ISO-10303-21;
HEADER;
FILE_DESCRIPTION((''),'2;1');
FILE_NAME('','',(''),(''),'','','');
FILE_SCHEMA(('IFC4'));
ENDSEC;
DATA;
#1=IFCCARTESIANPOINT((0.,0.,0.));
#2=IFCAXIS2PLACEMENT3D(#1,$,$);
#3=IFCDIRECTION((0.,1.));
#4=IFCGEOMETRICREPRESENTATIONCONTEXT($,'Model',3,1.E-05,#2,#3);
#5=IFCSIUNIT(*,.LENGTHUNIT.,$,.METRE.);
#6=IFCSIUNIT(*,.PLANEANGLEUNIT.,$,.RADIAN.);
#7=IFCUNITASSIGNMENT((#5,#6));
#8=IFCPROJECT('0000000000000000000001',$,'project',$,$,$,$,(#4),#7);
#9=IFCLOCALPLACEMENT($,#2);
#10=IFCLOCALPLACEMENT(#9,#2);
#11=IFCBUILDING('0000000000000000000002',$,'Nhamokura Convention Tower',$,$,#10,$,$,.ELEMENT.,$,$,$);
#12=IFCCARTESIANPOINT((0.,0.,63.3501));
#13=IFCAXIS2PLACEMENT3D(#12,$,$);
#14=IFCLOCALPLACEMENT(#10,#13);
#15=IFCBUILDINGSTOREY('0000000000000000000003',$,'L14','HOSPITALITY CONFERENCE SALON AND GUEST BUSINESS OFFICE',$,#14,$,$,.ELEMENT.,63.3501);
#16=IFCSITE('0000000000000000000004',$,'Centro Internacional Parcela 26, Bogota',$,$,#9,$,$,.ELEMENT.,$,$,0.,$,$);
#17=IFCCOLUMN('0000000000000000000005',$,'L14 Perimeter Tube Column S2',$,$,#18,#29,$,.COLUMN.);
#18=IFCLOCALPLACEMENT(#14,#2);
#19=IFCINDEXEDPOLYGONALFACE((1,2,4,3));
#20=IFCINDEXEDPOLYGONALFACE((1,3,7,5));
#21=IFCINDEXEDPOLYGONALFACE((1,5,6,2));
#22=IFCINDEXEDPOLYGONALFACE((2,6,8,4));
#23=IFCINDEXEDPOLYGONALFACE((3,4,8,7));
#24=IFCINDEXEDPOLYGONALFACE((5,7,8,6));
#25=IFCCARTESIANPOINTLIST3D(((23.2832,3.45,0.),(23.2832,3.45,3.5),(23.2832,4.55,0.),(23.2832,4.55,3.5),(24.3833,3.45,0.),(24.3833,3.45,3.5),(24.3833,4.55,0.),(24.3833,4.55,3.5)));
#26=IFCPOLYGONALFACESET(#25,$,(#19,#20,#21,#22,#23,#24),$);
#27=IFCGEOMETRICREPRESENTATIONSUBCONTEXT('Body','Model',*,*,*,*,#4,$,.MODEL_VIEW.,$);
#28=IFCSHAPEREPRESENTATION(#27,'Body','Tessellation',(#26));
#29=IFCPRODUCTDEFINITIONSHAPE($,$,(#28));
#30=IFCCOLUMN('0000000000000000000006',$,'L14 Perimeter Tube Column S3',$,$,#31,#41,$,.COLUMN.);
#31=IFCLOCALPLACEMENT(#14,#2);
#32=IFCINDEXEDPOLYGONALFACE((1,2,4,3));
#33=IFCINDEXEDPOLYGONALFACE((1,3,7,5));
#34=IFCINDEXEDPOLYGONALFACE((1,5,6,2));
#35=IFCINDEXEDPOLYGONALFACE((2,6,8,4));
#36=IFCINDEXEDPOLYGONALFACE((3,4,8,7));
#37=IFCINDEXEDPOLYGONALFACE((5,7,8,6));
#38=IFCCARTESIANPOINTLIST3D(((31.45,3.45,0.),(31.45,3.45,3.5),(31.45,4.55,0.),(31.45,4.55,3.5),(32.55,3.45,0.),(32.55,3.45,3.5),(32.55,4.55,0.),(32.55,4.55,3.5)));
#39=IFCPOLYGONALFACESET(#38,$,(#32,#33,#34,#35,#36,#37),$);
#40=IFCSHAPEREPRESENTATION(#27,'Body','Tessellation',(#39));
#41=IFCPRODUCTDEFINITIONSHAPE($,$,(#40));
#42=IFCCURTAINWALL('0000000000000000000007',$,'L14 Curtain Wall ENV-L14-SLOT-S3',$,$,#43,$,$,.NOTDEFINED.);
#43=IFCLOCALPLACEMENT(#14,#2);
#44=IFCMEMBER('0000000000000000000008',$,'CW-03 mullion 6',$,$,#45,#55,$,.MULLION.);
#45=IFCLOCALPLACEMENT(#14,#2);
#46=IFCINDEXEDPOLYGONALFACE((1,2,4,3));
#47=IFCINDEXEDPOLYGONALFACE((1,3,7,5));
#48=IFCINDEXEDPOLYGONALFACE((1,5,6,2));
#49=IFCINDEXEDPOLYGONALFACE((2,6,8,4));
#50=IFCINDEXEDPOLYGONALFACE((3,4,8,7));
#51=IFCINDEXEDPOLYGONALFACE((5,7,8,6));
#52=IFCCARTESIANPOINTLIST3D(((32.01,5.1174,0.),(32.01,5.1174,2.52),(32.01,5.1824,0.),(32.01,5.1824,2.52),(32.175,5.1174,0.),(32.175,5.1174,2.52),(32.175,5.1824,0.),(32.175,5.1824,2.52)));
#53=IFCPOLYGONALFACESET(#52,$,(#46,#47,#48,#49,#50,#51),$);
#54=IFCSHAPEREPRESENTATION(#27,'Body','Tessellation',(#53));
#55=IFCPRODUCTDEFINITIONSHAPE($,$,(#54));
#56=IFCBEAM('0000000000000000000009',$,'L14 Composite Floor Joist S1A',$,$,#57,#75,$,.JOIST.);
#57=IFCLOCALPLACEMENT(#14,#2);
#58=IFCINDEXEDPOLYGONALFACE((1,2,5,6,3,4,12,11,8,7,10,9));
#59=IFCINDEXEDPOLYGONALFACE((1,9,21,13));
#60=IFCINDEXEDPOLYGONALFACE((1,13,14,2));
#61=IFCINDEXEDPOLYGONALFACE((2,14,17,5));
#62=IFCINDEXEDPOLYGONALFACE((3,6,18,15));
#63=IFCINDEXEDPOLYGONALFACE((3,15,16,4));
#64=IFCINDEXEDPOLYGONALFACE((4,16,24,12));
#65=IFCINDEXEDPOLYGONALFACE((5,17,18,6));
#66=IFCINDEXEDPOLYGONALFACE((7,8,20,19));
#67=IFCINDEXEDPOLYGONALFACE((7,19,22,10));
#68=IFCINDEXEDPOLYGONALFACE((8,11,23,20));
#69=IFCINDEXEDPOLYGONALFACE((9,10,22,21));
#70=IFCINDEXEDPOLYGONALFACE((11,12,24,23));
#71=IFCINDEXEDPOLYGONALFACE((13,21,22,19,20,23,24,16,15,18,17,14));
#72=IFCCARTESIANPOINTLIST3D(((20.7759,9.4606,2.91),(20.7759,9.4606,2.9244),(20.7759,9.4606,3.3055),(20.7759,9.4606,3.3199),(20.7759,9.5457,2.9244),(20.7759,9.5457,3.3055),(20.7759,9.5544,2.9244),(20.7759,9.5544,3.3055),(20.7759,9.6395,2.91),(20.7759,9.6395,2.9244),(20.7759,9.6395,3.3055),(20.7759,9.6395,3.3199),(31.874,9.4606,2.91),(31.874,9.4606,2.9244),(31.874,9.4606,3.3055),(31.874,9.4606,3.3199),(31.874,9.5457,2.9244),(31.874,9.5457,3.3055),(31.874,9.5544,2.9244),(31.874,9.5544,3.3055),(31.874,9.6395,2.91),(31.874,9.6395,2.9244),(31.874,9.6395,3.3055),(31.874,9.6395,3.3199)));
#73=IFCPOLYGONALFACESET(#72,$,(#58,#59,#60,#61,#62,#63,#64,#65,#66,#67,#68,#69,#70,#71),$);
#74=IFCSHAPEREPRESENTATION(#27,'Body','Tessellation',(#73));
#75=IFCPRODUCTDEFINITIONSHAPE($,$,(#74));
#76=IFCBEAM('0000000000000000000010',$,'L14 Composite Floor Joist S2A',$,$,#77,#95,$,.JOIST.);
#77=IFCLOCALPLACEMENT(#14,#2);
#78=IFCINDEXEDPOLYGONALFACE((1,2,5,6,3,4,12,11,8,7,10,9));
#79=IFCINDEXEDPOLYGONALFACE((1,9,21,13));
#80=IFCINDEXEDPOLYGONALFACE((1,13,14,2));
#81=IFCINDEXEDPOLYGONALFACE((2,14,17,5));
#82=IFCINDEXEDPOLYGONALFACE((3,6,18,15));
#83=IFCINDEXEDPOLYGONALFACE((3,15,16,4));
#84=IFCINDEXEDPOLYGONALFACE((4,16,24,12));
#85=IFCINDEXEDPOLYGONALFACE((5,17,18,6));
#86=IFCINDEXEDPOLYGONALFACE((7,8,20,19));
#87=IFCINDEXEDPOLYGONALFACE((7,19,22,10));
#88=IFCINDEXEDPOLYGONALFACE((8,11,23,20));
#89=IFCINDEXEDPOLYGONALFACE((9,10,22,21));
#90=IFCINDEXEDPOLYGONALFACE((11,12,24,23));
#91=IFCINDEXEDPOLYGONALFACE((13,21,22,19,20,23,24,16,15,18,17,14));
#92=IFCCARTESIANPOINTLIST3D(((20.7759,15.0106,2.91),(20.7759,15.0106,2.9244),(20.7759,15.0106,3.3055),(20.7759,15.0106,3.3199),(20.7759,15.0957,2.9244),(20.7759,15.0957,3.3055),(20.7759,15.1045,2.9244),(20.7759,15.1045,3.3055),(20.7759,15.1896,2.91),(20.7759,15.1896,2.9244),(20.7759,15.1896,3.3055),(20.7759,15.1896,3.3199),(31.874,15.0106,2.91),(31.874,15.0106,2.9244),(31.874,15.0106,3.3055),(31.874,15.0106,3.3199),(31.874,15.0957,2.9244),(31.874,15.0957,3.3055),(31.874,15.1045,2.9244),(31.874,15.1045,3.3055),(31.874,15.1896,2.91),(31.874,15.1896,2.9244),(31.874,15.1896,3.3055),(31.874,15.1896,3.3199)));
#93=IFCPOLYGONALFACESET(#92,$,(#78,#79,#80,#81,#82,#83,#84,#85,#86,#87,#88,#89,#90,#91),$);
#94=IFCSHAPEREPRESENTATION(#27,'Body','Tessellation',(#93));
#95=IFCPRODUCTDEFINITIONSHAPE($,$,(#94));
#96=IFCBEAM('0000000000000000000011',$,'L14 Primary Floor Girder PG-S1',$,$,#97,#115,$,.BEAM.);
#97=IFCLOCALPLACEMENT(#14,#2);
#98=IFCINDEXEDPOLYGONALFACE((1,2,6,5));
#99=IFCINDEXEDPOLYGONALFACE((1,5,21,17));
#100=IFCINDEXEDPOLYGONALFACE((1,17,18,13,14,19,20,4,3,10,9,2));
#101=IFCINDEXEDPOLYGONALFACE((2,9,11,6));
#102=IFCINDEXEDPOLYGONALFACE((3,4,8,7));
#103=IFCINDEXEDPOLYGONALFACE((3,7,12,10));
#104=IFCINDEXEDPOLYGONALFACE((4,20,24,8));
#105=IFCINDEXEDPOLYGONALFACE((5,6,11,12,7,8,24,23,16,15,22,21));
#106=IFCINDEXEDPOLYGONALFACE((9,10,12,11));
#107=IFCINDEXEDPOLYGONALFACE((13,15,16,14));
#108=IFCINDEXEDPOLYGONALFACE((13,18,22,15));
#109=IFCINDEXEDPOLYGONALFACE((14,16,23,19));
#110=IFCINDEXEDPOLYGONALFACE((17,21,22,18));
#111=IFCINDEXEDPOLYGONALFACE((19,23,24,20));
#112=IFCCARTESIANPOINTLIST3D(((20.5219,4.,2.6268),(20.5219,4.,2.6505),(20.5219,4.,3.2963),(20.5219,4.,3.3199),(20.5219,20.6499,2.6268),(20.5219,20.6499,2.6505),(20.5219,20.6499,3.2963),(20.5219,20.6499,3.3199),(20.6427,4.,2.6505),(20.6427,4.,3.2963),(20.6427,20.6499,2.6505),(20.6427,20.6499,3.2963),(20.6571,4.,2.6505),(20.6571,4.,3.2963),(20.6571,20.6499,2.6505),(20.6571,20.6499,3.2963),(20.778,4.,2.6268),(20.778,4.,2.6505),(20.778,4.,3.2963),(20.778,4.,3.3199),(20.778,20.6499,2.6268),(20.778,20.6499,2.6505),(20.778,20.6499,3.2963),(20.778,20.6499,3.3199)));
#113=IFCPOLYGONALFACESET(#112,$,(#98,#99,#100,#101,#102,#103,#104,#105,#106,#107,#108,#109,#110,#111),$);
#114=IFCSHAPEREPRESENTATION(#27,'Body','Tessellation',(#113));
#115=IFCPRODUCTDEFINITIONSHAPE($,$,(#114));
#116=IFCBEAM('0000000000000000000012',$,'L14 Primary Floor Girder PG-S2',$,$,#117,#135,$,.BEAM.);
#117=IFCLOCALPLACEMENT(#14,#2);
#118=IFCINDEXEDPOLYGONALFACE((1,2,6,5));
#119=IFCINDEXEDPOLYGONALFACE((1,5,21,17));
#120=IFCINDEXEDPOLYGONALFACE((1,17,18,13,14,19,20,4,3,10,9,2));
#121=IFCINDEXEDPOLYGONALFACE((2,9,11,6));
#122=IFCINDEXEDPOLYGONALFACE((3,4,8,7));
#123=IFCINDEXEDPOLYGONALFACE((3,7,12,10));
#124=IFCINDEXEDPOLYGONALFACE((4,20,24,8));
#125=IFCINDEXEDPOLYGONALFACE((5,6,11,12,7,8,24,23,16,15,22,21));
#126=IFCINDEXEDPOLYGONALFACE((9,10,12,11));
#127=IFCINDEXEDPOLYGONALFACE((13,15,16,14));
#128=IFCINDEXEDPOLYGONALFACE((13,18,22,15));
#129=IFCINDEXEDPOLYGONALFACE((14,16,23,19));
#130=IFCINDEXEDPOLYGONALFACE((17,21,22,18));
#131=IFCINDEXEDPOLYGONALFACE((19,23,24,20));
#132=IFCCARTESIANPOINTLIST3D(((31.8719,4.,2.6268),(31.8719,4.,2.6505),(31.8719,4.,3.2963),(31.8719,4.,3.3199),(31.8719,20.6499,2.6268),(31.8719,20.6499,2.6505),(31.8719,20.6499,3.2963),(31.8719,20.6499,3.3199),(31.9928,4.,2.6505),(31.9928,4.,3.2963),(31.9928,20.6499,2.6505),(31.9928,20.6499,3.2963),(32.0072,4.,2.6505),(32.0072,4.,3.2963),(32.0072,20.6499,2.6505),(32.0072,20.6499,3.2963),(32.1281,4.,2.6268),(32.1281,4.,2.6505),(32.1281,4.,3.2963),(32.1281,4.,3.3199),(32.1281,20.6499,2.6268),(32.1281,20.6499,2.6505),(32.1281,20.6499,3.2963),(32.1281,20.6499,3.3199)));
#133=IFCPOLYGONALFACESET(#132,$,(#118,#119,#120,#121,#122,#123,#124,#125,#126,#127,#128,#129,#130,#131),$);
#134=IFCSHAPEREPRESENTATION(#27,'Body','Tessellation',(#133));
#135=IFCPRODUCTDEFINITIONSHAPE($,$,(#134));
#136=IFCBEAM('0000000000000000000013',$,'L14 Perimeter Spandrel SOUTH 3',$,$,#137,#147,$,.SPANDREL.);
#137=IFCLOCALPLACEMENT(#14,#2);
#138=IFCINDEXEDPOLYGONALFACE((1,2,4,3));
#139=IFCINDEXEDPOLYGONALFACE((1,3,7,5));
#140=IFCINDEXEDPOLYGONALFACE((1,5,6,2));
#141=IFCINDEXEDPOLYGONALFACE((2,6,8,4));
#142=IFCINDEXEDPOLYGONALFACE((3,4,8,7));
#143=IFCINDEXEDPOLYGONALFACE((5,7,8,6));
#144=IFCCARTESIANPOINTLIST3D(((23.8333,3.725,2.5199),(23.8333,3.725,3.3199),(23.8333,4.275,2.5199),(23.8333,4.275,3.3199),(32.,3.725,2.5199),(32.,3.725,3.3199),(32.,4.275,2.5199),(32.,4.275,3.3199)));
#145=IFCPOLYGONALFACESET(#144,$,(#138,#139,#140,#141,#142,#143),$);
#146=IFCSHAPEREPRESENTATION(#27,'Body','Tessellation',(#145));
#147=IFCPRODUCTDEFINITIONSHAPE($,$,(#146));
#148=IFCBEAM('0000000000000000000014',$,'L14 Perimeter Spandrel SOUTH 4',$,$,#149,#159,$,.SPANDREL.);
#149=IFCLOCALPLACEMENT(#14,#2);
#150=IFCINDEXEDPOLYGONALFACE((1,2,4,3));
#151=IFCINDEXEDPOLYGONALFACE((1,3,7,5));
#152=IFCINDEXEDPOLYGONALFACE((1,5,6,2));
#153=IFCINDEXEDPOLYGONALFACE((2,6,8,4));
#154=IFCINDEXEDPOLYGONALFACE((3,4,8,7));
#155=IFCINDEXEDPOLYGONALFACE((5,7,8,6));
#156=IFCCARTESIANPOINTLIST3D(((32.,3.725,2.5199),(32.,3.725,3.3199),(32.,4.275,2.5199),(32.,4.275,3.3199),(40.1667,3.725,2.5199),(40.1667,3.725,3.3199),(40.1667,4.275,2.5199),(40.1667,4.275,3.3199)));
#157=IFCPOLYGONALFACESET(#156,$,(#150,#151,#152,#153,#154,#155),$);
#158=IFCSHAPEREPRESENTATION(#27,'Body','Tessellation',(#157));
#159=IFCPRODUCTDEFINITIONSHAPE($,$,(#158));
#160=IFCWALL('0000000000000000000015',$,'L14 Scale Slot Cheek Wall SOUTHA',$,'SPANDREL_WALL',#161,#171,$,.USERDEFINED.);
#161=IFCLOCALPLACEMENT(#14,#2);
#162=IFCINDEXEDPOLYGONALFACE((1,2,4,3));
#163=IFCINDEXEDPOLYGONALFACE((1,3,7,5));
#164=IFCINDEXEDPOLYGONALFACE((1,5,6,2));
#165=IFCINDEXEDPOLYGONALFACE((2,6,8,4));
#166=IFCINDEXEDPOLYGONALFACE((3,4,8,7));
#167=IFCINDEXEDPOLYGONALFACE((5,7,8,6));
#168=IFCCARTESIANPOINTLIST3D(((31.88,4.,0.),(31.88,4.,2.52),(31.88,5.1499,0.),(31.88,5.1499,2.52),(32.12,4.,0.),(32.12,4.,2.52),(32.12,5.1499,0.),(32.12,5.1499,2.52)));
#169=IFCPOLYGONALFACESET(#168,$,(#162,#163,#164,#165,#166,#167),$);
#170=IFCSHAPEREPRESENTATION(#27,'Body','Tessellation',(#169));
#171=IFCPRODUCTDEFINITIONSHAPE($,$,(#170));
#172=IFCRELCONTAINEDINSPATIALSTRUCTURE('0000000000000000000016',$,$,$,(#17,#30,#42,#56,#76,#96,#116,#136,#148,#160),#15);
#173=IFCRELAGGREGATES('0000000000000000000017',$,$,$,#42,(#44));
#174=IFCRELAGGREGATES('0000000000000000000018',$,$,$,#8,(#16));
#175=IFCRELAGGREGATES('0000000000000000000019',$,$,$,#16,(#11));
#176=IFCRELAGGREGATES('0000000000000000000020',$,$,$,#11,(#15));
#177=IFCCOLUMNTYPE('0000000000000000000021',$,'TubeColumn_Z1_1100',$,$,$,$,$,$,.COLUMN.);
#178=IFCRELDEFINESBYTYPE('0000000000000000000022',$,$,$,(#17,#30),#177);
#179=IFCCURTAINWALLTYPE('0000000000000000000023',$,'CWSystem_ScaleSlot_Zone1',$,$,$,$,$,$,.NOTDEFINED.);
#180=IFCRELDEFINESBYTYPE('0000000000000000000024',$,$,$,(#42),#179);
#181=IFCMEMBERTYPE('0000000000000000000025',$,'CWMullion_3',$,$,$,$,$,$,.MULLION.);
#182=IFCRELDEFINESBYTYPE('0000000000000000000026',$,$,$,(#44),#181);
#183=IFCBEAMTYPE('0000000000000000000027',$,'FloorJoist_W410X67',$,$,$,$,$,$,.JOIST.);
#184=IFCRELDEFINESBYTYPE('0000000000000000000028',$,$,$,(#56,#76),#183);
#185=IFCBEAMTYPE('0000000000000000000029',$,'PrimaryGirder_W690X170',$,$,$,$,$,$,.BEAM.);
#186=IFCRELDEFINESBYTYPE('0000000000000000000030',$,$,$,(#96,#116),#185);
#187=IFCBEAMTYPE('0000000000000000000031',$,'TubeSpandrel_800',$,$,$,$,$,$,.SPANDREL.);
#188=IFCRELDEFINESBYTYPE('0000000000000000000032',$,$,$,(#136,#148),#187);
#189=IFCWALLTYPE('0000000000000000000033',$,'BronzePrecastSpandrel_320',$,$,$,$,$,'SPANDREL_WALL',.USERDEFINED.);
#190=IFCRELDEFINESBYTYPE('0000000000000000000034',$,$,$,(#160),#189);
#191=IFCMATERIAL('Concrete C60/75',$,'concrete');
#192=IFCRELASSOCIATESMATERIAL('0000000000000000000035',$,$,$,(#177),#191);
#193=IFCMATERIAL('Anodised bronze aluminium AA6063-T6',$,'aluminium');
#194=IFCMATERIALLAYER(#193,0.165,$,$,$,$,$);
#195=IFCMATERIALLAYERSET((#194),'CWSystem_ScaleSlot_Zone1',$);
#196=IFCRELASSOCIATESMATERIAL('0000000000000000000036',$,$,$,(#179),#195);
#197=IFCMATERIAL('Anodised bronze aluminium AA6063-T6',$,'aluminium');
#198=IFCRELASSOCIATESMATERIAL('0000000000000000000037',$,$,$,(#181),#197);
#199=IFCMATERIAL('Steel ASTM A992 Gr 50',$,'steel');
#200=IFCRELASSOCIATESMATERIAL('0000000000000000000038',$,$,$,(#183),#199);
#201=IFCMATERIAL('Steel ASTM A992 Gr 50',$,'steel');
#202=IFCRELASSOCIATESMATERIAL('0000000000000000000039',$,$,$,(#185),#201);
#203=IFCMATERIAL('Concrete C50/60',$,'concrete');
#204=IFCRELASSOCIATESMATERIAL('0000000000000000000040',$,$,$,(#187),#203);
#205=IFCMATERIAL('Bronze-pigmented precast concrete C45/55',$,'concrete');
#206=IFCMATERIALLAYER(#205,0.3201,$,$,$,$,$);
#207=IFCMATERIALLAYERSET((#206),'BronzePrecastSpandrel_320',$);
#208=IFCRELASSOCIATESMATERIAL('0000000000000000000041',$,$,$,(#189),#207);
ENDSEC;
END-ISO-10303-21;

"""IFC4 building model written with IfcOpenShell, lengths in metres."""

from ifc_helpers import new_model, si_unit, direction, frame, frame_2d, origin, origin_2d, place, context, subcontext, project, spatial, rectangle, i_section, extrude, material, layer, layer_set, material_profile, profile_set, type_object, element, aggregate, save


model = new_model("IFC4")

# Units and contexts
model_context = context("Model", 3, precision=1e-05, world=origin(), true_north=direction((0.0, 1.0)))
body_context = subcontext(model_context, "Body", "Model", "MODEL_VIEW")
ifc_project = project(units=[si_unit("LENGTHUNIT", "METRE"), si_unit("PLANEANGLEUNIT", "RADIAN")], contexts=[model_context])

# Site, building, storey
site_placement = place(None, origin())
site = spatial("IfcSite", under=ifc_project, at=site_placement, Name="Centro Internacional Parcela 26, Bogota", CompositionType="ELEMENT", RefElevation=0.0)
building_placement = place(site_placement, origin())
building = spatial("IfcBuilding", under=site, at=building_placement, Name="Nhamokura Convention Tower", CompositionType="ELEMENT")
storey_placement = place(building_placement, frame((0.0, 0.0, 63.3501)))
storey = spatial("IfcBuildingStorey", under=building, at=storey_placement, Name="L14", Description="HOSPITALITY CONFERENCE SALON AND GUEST BUSINESS OFFICE", CompositionType="ELEMENT", Elevation=63.3501)

# Columns
ifc_material_1 = material(Name="Concrete C60/75", Category="concrete")
ifc_material_profile_1 = material_profile(ifc_material_1, rectangle(XDim=1.1001, YDim=1.1001, at=origin_2d()))
ifc_profile_set_1 = profile_set([ifc_material_profile_1], Name="Concrete C60/75")
column_type = type_object("IfcColumnType", Name="TubeColumn_Z1_1100", PredefinedType="COLUMN", material=ifc_profile_set_1)
for number, where, z_axis, x_axis, name in (
    (1, (23.8333, 4.0, 0.0), (0.0, 0.0, 1.0), (1.0, 0.0, 0.0), "L14 Perimeter Tube Column S2"),
    (2, (32.0, 4.0, 0.0), (0.0, 0.0, 1.0), (1.0, 0.0, 0.0), "L14 Perimeter Tube Column S3"),
):
    element("IfcColumn", number, at=place(storey_placement, frame(where, z_axis=z_axis, x_axis=x_axis)), inside=storey, type_object=column_type, Name=name, PredefinedType="COLUMN", context=body_context, shape_type="SweptSolid", body=[
        extrude(rectangle(XDim=1.1001, YDim=1.1001, at=origin_2d()), origin(), (0.0, 0.0, 1.0), 3.5),
    ])

# Curtain wall, member
ifc_material_2 = material(Name="Anodised bronze aluminium AA6063-T6", Category="aluminium")
ifc_layer_1 = layer(ifc_material_2, 0.165)
ifc_layer_set_1 = layer_set([ifc_layer_1], Name="CWSystem_ScaleSlot_Zone1")
curtain_wall_type = type_object("IfcCurtainWallType", Name="CWSystem_ScaleSlot_Zone1", PredefinedType="NOTDEFINED", material=ifc_layer_set_1)
curtain_wall_placement = place(storey_placement, origin())
curtain_wall = element("IfcCurtainWall", 3, at=curtain_wall_placement, inside=storey, type_object=curtain_wall_type, Name="L14 Curtain Wall ENV-L14-SLOT-S3", PredefinedType="NOTDEFINED")
ifc_material_3 = material(Name="Anodised bronze aluminium AA6063-T6", Category="aluminium")
ifc_material_profile_2 = material_profile(ifc_material_3, rectangle(XDim=0.0649, YDim=0.165, at=origin_2d()))
ifc_profile_set_2 = profile_set([ifc_material_profile_2], Name="Anodised bronze aluminium AA6063-T6")
member_type = type_object("IfcMemberType", Name="CWMullion_3", PredefinedType="MULLION", material=ifc_profile_set_2)
member_placement = place(storey_placement, frame((32.0925, 5.1499, 0.0), z_axis=(0.0, 0.0, 1.0), x_axis=(0.0, -1.0, 0.0)))
member = element("IfcMember", 4, at=member_placement, type_object=member_type, Name="CW-03 mullion 6", PredefinedType="MULLION", context=body_context, shape_type="SweptSolid", body=[
    extrude(rectangle(XDim=0.0649, YDim=0.165, at=origin_2d()), origin(), (0.0, 0.0, 1.0), 2.52),
])
aggregate(curtain_wall, [member])

# Beams
ifc_material_4 = material(Name="Steel ASTM A992 Gr 50", Category="steel")
ifc_material_profile_3 = material_profile(ifc_material_4, i_section(OverallWidth=0.179, OverallDepth=0.4099, WebThickness=0.0088, FlangeThickness=0.0144, at=origin_2d()))
ifc_profile_set_3 = profile_set([ifc_material_profile_3], Name="Steel ASTM A992 Gr 50")
beam_type_1 = type_object("IfcBeamType", Name="FloorJoist_W410X67", PredefinedType="JOIST", material=ifc_profile_set_3)
for number, where, z_axis, x_axis, name in (
    (5, (20.7759, 9.55, 3.115), (1.0, 0.0, 0.0), (0.0, 1.0, 0.0), "L14 Composite Floor Joist S1A"),
    (6, (20.7759, 15.1001, 3.115), (1.0, 0.0, 0.0), (0.0, 1.0, 0.0), "L14 Composite Floor Joist S2A"),
):
    element("IfcBeam", number, at=place(storey_placement, frame(where, z_axis=z_axis, x_axis=x_axis)), inside=storey, type_object=beam_type_1, Name=name, PredefinedType="JOIST", context=body_context, shape_type="SweptSolid", body=[
        extrude(i_section(OverallWidth=0.179, OverallDepth=0.4099, WebThickness=0.0088, FlangeThickness=0.0144, at=origin_2d()), origin(), (0.0, 0.0, 1.0), 11.0981),
    ])
ifc_material_5 = material(Name="Steel ASTM A992 Gr 50", Category="steel")
ifc_material_profile_4 = material_profile(ifc_material_5, i_section(OverallWidth=0.2561, OverallDepth=0.6931, WebThickness=0.0144, FlangeThickness=0.0237, at=origin_2d()))
ifc_profile_set_4 = profile_set([ifc_material_profile_4], Name="Steel ASTM A992 Gr 50")
beam_type_2 = type_object("IfcBeamType", Name="PrimaryGirder_W690X170", PredefinedType="BEAM", material=ifc_profile_set_4)
for number, where, z_axis, x_axis, name in (
    (7, (20.6499, 4.0, 2.9734), (0.0, 1.0, 0.0), (-1.0, 0.0, 0.0), "L14 Primary Floor Girder PG-S1"),
    (8, (32.0, 4.0, 2.9734), (0.0, 1.0, 0.0), (-1.0, 0.0, 0.0), "L14 Primary Floor Girder PG-S2"),
):
    element("IfcBeam", number, at=place(storey_placement, frame(where, z_axis=z_axis, x_axis=x_axis)), inside=storey, type_object=beam_type_2, Name=name, PredefinedType="BEAM", context=body_context, shape_type="SweptSolid", body=[
        extrude(i_section(OverallWidth=0.2561, OverallDepth=0.6931, WebThickness=0.0144, FlangeThickness=0.0237, at=origin_2d()), origin(), (0.0, 0.0, 1.0), 16.6499),
    ])
ifc_material_6 = material(Name="Concrete C50/60", Category="concrete")
ifc_material_profile_5 = material_profile(ifc_material_6, rectangle(XDim=0.55, YDim=0.8, at=origin_2d()))
ifc_profile_set_5 = profile_set([ifc_material_profile_5], Name="Concrete C50/60")
beam_type_3 = type_object("IfcBeamType", Name="TubeSpandrel_800", PredefinedType="SPANDREL", material=ifc_profile_set_5)
for number, where, z_axis, x_axis, name in (
    (9, (23.8333, 4.0, 2.9199), (1.0, 0.0, 0.0), (0.0, 1.0, 0.0), "L14 Perimeter Spandrel SOUTH 3"),
    (10, (32.0, 4.0, 2.9199), (1.0, 0.0, 0.0), (0.0, 1.0, 0.0), "L14 Perimeter Spandrel SOUTH 4"),
):
    element("IfcBeam", number, at=place(storey_placement, frame(where, z_axis=z_axis, x_axis=x_axis)), inside=storey, type_object=beam_type_3, Name=name, PredefinedType="SPANDREL", context=body_context, shape_type="SweptSolid", body=[
        extrude(rectangle(XDim=0.55, YDim=0.8, at=origin_2d()), origin(), (0.0, 0.0, 1.0), 8.1667),
    ])

# Wall
ifc_material_7 = material(Name="Bronze-pigmented precast concrete C45/55", Category="concrete")
ifc_layer_2 = layer(ifc_material_7, 0.3201)
ifc_layer_set_2 = layer_set([ifc_layer_2], Name="BronzePrecastSpandrel_320")
wall_type_1 = type_object("IfcWallType", Name="BronzePrecastSpandrel_320", ElementType="SPANDREL_WALL", PredefinedType="USERDEFINED", material=ifc_layer_set_2)
wall_1_placement = place(storey_placement, frame((32.0, 4.0, 0.0), z_axis=(0.0, 0.0, 1.0), x_axis=(0.0, 1.0, 0.0)))
element("IfcWall", 11, at=wall_1_placement, inside=storey, type_object=wall_type_1, Name="L14 Scale Slot Cheek Wall SOUTHA", ObjectType="SPANDREL_WALL", PredefinedType="USERDEFINED", context=body_context, shape_type="SweptSolid", body=[
    extrude(rectangle(XDim=1.1499, YDim=0.24, at=frame_2d((0.575, 0.0))), origin(), (0.0, 0.0, 1.0), 2.52),
])

save(model, "model.ifc")
